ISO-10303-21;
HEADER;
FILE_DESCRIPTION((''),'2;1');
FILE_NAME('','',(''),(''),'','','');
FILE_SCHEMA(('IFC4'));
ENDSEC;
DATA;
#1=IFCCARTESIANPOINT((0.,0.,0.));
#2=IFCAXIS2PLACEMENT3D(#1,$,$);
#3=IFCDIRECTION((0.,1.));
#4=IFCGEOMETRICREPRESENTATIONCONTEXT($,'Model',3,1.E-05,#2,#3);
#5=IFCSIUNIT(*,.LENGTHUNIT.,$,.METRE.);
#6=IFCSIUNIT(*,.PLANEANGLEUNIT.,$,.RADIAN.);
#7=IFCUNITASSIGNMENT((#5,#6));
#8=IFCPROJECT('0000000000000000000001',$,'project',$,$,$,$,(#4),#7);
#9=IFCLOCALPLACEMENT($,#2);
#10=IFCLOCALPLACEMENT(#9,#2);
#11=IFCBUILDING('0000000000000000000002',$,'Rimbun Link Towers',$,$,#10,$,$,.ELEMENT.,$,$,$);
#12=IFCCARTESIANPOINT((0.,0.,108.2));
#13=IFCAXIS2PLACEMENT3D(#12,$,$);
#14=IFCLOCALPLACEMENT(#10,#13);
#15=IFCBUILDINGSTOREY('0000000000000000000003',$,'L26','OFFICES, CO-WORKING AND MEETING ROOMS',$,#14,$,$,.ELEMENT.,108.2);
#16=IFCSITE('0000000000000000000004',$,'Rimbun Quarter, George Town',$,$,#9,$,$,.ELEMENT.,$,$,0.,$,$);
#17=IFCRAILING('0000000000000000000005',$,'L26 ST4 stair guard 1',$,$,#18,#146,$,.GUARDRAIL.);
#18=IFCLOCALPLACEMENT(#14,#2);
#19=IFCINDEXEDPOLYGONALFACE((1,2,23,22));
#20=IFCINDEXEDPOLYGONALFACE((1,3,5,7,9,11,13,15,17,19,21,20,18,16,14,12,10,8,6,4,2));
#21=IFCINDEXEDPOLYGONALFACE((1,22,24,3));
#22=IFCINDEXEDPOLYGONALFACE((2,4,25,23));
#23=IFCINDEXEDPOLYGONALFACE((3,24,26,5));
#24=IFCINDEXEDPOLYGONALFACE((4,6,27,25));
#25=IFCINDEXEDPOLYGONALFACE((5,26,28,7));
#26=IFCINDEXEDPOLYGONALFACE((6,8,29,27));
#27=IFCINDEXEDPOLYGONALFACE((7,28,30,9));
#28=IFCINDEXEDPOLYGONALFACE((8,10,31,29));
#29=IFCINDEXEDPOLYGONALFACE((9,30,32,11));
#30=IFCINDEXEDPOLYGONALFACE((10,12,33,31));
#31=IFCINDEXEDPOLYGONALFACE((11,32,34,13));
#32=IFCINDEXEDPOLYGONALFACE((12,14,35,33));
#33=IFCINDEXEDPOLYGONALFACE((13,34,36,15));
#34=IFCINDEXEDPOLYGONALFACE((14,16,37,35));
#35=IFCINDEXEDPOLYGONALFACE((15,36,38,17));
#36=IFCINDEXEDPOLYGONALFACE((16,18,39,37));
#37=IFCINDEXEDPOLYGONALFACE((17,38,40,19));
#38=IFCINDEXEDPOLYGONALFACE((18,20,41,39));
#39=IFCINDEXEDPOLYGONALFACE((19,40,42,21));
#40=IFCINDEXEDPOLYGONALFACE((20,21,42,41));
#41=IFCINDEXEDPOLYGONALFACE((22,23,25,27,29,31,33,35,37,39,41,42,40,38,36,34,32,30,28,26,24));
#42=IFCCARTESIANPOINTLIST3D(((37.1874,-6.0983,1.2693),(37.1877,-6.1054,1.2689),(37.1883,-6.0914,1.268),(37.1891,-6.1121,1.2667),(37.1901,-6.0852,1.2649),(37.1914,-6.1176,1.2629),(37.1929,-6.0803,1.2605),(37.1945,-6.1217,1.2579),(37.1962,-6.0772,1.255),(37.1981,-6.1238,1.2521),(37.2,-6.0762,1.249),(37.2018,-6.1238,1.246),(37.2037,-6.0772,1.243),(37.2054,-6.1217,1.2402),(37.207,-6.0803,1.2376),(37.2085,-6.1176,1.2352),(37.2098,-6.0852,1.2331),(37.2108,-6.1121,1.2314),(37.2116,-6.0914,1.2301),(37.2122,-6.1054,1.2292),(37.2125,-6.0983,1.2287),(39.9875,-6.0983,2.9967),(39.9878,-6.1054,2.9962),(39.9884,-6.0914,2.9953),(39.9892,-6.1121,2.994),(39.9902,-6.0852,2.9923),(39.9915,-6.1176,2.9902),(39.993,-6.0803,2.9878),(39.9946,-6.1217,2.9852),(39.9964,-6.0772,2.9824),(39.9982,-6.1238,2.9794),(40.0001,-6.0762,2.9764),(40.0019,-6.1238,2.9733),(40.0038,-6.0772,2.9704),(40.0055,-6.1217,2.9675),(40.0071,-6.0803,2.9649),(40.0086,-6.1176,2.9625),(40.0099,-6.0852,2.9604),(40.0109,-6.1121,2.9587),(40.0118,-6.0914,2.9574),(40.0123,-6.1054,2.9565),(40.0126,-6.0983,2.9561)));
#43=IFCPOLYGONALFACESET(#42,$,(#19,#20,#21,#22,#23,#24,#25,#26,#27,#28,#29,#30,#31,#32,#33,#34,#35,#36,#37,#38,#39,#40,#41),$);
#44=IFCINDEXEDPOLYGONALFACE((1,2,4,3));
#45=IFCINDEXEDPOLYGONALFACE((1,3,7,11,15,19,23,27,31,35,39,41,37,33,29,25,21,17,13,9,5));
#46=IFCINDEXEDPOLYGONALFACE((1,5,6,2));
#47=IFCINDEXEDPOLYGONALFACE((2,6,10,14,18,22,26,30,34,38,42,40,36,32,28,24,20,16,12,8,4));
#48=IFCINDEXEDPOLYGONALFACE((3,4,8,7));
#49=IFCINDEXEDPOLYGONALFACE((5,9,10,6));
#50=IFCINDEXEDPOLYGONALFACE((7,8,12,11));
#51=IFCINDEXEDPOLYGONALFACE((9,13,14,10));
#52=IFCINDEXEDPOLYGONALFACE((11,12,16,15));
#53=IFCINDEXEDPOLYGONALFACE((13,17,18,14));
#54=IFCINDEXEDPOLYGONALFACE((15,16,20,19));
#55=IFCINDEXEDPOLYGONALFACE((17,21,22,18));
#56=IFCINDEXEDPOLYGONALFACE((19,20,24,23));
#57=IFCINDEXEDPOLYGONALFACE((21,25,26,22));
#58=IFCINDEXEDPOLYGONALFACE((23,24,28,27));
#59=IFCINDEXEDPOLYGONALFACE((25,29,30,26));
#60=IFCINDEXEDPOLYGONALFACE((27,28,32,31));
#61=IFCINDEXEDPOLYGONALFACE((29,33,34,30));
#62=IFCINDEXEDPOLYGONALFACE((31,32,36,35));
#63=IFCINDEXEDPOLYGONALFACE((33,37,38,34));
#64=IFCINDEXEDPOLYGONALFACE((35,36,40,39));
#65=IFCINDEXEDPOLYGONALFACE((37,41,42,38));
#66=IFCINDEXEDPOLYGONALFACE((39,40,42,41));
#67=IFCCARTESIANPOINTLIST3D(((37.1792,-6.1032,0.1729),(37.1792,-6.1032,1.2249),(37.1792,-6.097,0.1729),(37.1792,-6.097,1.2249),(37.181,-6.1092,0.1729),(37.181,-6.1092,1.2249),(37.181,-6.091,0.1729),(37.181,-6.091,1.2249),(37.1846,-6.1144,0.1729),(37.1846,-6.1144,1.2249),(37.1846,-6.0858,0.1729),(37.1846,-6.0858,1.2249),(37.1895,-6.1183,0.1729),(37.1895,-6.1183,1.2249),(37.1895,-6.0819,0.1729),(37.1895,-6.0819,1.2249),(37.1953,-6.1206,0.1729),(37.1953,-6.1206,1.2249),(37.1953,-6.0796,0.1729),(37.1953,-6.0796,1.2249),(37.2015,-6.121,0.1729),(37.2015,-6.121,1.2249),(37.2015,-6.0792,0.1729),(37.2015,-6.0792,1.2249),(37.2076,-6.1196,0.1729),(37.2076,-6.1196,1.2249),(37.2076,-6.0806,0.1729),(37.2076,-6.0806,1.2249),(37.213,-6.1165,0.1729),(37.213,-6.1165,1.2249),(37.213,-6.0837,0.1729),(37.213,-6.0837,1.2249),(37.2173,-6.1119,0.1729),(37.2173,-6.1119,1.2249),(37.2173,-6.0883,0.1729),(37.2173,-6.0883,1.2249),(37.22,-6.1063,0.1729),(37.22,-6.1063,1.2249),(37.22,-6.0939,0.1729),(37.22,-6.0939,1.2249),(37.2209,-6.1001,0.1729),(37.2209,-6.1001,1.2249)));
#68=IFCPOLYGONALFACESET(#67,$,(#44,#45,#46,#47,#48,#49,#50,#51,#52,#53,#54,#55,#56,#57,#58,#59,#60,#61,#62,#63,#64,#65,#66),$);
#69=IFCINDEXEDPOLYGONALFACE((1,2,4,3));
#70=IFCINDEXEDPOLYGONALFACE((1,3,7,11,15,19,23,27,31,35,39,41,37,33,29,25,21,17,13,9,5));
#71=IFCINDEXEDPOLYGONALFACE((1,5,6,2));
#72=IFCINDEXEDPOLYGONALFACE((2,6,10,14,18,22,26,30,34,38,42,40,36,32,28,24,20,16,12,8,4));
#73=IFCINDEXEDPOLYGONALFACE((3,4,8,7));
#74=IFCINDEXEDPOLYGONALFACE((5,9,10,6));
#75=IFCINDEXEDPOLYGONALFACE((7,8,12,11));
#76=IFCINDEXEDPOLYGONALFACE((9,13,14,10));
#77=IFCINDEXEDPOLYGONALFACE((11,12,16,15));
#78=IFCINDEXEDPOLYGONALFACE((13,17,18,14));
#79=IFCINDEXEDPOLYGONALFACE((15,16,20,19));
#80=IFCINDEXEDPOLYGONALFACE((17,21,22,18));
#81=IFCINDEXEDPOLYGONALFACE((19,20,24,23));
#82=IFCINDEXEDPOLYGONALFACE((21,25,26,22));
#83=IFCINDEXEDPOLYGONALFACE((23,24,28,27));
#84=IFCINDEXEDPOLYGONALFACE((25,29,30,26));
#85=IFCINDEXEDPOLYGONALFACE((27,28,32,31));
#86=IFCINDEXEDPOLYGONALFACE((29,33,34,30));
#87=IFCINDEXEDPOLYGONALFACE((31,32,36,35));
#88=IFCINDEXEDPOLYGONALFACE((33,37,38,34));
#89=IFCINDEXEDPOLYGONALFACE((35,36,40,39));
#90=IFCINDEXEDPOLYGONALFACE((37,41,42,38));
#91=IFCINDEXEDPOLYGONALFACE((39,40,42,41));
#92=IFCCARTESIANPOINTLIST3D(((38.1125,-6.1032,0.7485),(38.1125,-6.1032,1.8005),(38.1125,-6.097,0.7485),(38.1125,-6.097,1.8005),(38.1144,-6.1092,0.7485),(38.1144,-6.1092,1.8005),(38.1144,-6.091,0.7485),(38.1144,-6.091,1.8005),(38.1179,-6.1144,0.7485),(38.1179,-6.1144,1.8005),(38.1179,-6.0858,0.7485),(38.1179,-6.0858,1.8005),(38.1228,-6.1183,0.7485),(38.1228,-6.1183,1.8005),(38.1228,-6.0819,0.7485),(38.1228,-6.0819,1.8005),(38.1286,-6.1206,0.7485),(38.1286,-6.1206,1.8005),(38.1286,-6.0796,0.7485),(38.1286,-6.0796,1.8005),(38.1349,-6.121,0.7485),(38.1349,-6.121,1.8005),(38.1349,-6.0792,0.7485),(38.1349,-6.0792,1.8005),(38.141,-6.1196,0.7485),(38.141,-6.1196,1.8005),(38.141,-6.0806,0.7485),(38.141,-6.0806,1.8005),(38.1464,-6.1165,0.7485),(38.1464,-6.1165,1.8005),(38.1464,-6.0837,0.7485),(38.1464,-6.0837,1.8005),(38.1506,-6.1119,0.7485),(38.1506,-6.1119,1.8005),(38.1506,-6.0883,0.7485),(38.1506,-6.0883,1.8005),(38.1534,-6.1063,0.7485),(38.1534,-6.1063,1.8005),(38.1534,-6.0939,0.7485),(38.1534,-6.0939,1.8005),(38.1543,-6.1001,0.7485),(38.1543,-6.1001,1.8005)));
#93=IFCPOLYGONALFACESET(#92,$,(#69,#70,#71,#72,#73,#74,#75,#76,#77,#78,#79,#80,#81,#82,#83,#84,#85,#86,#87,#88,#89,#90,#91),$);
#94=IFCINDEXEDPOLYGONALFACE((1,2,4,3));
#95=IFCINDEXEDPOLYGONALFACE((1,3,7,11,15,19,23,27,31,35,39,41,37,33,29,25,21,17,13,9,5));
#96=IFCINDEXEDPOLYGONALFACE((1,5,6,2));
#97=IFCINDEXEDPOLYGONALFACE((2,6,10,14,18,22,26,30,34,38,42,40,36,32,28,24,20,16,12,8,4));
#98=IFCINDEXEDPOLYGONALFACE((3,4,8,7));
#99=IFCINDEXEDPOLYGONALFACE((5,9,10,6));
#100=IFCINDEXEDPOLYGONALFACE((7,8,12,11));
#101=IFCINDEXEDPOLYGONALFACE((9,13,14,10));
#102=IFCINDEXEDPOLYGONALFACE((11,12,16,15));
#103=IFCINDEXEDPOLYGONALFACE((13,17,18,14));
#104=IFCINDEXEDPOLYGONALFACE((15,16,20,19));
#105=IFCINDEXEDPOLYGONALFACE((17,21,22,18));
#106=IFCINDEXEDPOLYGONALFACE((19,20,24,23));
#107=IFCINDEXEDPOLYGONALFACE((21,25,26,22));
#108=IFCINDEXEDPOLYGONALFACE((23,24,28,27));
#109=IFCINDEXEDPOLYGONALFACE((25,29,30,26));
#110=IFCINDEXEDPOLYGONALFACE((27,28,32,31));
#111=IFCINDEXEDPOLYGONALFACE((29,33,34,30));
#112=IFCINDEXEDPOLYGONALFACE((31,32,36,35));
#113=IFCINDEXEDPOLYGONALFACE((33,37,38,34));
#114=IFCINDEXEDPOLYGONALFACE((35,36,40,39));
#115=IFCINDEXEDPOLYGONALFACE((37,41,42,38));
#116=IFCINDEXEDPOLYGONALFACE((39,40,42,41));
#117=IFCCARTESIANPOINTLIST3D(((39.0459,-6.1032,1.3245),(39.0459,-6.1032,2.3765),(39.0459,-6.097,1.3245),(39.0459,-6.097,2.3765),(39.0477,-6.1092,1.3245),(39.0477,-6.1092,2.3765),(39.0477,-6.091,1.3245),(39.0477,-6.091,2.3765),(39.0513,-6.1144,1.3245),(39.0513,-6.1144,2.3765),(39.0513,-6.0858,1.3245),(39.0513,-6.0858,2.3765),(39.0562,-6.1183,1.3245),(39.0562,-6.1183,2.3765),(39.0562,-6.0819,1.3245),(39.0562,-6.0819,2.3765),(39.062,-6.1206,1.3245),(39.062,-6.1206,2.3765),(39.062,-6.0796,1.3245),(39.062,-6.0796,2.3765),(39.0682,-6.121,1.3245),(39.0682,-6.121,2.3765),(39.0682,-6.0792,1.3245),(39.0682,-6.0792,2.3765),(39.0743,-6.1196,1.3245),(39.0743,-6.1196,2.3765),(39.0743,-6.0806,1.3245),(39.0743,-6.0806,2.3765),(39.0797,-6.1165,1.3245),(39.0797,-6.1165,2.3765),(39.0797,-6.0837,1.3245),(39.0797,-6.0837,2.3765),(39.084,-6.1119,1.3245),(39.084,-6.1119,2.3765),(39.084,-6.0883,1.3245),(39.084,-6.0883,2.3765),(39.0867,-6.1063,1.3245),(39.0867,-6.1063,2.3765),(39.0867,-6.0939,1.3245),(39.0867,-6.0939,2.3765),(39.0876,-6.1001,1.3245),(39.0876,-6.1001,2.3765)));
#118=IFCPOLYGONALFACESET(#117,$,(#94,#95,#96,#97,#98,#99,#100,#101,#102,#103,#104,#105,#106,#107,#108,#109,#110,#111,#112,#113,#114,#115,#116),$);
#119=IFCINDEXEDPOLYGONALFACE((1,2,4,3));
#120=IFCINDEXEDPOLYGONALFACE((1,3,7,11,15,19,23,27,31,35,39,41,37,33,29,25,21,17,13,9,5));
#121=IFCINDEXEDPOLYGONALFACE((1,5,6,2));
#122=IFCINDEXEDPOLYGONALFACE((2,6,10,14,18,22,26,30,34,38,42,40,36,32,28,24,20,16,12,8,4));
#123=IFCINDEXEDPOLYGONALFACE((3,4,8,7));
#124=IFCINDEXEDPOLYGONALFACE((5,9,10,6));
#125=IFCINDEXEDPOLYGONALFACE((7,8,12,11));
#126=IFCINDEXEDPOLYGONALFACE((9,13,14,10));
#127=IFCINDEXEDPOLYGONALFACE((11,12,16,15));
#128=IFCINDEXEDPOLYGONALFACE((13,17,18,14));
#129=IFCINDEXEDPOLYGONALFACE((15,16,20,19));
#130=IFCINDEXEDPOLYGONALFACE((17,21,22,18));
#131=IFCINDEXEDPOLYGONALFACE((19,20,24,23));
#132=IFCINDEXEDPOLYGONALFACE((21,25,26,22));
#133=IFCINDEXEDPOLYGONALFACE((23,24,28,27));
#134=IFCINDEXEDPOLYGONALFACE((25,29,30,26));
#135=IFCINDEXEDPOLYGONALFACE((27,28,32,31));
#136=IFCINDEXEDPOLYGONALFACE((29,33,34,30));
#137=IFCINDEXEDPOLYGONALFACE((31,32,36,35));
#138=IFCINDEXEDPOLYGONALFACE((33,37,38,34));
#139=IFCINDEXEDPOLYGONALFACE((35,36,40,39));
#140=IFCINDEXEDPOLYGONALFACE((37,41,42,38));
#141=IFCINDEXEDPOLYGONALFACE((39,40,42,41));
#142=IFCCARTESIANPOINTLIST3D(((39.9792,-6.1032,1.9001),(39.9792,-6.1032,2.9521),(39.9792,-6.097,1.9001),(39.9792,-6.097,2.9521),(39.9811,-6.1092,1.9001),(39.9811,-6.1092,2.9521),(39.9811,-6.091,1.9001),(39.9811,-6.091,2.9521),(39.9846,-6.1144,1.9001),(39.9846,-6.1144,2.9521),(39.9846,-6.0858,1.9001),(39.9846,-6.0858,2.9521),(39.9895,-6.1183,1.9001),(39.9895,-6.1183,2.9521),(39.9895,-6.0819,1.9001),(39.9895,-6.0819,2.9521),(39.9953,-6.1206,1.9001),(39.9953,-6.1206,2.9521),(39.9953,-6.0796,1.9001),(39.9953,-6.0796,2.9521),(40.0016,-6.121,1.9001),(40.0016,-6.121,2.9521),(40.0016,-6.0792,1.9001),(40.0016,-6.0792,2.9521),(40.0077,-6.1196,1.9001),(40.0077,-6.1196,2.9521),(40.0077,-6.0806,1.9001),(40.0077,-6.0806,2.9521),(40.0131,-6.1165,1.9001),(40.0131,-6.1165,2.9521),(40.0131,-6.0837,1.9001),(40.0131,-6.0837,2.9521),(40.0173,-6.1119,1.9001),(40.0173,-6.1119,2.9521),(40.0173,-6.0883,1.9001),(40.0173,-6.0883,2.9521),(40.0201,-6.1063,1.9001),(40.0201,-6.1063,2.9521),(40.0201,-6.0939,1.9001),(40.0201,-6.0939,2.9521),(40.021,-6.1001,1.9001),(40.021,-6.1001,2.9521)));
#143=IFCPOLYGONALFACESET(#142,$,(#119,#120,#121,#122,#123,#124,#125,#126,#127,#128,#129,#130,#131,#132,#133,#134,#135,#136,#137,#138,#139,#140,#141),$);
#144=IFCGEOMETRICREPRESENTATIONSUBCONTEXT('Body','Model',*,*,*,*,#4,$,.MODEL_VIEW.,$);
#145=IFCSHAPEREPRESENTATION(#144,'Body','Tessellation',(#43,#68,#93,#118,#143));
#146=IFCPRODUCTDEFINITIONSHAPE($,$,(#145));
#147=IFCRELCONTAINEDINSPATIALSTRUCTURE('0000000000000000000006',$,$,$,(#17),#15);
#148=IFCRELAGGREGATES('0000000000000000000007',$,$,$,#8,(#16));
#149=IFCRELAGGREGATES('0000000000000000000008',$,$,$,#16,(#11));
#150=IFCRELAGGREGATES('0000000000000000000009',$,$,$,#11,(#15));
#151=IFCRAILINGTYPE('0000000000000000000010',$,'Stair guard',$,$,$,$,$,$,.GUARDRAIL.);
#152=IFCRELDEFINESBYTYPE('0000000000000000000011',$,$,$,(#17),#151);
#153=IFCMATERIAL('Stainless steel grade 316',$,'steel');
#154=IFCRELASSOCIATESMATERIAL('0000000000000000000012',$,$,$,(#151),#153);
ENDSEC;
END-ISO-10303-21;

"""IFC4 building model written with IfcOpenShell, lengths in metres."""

from ifc_helpers import new_model, si_unit, direction, frame, origin, origin_2d, place, context, subcontext, project, spatial, circle, extrude, material, type_object, element, save


model = new_model("IFC4")

# Units and contexts
model_context = context("Model", 3, precision=1e-05, world=origin(), true_north=direction((0.0, 1.0)))
body_context = subcontext(model_context, "Body", "Model", "MODEL_VIEW")
ifc_project = project(units=[si_unit("LENGTHUNIT", "METRE"), si_unit("PLANEANGLEUNIT", "RADIAN")], contexts=[model_context])

# Site, building, storey
site_placement = place(None, origin())
site = spatial("IfcSite", under=ifc_project, at=site_placement, Name="Rimbun Quarter, George Town", CompositionType="ELEMENT", RefElevation=0.0)
building_placement = place(site_placement, origin())
building = spatial("IfcBuilding", under=site, at=building_placement, Name="Rimbun Link Towers", CompositionType="ELEMENT")
storey_placement = place(building_placement, frame((0.0, 0.0, 108.2)))
storey = spatial("IfcBuildingStorey", under=building, at=storey_placement, Name="L26", Description="OFFICES, CO-WORKING AND MEETING ROOMS", CompositionType="ELEMENT", Elevation=108.2)

# Railing
ifc_material_1 = material(Name="Stainless steel grade 316", Category="steel")
railing_type_1 = type_object("IfcRailingType", Name="Stair guard", PredefinedType="GUARDRAIL", material=ifc_material_1)
railing_1_placement = place(storey_placement, frame((37.2, -6.1001, 0.1729)))
element("IfcRailing", 1, at=railing_1_placement, inside=storey, type_object=railing_type_1, Name="L26 ST4 stair guard 1", PredefinedType="GUARDRAIL", context=body_context, shape_type="SweptSolid", body=[
    extrude(circle(Radius=0.0239, at=origin_2d()), frame((0.0, 0.0, 1.0762), z_axis=(0.85109, 0.0, 0.52502), x_axis=(0.0, 1.0, 0.0)), (0.0, 0.0, 1.0), 3.29),
    extrude(circle(Radius=0.021, at=origin_2d()), origin(), (0.0, 0.0, 1.0), 1.052),
    extrude(circle(Radius=0.021, at=origin_2d()), frame((0.9333, 0.0, 0.5757)), (0.0, 0.0, 1.0), 1.052),
    extrude(circle(Radius=0.021, at=origin_2d()), frame((1.8667, 0.0, 1.1516)), (0.0, 0.0, 1.0), 1.052),
    extrude(circle(Radius=0.021, at=origin_2d()), frame((2.8, 0.0, 1.7273)), (0.0, 0.0, 1.0), 1.052),
])

save(model, "model.ifc")
